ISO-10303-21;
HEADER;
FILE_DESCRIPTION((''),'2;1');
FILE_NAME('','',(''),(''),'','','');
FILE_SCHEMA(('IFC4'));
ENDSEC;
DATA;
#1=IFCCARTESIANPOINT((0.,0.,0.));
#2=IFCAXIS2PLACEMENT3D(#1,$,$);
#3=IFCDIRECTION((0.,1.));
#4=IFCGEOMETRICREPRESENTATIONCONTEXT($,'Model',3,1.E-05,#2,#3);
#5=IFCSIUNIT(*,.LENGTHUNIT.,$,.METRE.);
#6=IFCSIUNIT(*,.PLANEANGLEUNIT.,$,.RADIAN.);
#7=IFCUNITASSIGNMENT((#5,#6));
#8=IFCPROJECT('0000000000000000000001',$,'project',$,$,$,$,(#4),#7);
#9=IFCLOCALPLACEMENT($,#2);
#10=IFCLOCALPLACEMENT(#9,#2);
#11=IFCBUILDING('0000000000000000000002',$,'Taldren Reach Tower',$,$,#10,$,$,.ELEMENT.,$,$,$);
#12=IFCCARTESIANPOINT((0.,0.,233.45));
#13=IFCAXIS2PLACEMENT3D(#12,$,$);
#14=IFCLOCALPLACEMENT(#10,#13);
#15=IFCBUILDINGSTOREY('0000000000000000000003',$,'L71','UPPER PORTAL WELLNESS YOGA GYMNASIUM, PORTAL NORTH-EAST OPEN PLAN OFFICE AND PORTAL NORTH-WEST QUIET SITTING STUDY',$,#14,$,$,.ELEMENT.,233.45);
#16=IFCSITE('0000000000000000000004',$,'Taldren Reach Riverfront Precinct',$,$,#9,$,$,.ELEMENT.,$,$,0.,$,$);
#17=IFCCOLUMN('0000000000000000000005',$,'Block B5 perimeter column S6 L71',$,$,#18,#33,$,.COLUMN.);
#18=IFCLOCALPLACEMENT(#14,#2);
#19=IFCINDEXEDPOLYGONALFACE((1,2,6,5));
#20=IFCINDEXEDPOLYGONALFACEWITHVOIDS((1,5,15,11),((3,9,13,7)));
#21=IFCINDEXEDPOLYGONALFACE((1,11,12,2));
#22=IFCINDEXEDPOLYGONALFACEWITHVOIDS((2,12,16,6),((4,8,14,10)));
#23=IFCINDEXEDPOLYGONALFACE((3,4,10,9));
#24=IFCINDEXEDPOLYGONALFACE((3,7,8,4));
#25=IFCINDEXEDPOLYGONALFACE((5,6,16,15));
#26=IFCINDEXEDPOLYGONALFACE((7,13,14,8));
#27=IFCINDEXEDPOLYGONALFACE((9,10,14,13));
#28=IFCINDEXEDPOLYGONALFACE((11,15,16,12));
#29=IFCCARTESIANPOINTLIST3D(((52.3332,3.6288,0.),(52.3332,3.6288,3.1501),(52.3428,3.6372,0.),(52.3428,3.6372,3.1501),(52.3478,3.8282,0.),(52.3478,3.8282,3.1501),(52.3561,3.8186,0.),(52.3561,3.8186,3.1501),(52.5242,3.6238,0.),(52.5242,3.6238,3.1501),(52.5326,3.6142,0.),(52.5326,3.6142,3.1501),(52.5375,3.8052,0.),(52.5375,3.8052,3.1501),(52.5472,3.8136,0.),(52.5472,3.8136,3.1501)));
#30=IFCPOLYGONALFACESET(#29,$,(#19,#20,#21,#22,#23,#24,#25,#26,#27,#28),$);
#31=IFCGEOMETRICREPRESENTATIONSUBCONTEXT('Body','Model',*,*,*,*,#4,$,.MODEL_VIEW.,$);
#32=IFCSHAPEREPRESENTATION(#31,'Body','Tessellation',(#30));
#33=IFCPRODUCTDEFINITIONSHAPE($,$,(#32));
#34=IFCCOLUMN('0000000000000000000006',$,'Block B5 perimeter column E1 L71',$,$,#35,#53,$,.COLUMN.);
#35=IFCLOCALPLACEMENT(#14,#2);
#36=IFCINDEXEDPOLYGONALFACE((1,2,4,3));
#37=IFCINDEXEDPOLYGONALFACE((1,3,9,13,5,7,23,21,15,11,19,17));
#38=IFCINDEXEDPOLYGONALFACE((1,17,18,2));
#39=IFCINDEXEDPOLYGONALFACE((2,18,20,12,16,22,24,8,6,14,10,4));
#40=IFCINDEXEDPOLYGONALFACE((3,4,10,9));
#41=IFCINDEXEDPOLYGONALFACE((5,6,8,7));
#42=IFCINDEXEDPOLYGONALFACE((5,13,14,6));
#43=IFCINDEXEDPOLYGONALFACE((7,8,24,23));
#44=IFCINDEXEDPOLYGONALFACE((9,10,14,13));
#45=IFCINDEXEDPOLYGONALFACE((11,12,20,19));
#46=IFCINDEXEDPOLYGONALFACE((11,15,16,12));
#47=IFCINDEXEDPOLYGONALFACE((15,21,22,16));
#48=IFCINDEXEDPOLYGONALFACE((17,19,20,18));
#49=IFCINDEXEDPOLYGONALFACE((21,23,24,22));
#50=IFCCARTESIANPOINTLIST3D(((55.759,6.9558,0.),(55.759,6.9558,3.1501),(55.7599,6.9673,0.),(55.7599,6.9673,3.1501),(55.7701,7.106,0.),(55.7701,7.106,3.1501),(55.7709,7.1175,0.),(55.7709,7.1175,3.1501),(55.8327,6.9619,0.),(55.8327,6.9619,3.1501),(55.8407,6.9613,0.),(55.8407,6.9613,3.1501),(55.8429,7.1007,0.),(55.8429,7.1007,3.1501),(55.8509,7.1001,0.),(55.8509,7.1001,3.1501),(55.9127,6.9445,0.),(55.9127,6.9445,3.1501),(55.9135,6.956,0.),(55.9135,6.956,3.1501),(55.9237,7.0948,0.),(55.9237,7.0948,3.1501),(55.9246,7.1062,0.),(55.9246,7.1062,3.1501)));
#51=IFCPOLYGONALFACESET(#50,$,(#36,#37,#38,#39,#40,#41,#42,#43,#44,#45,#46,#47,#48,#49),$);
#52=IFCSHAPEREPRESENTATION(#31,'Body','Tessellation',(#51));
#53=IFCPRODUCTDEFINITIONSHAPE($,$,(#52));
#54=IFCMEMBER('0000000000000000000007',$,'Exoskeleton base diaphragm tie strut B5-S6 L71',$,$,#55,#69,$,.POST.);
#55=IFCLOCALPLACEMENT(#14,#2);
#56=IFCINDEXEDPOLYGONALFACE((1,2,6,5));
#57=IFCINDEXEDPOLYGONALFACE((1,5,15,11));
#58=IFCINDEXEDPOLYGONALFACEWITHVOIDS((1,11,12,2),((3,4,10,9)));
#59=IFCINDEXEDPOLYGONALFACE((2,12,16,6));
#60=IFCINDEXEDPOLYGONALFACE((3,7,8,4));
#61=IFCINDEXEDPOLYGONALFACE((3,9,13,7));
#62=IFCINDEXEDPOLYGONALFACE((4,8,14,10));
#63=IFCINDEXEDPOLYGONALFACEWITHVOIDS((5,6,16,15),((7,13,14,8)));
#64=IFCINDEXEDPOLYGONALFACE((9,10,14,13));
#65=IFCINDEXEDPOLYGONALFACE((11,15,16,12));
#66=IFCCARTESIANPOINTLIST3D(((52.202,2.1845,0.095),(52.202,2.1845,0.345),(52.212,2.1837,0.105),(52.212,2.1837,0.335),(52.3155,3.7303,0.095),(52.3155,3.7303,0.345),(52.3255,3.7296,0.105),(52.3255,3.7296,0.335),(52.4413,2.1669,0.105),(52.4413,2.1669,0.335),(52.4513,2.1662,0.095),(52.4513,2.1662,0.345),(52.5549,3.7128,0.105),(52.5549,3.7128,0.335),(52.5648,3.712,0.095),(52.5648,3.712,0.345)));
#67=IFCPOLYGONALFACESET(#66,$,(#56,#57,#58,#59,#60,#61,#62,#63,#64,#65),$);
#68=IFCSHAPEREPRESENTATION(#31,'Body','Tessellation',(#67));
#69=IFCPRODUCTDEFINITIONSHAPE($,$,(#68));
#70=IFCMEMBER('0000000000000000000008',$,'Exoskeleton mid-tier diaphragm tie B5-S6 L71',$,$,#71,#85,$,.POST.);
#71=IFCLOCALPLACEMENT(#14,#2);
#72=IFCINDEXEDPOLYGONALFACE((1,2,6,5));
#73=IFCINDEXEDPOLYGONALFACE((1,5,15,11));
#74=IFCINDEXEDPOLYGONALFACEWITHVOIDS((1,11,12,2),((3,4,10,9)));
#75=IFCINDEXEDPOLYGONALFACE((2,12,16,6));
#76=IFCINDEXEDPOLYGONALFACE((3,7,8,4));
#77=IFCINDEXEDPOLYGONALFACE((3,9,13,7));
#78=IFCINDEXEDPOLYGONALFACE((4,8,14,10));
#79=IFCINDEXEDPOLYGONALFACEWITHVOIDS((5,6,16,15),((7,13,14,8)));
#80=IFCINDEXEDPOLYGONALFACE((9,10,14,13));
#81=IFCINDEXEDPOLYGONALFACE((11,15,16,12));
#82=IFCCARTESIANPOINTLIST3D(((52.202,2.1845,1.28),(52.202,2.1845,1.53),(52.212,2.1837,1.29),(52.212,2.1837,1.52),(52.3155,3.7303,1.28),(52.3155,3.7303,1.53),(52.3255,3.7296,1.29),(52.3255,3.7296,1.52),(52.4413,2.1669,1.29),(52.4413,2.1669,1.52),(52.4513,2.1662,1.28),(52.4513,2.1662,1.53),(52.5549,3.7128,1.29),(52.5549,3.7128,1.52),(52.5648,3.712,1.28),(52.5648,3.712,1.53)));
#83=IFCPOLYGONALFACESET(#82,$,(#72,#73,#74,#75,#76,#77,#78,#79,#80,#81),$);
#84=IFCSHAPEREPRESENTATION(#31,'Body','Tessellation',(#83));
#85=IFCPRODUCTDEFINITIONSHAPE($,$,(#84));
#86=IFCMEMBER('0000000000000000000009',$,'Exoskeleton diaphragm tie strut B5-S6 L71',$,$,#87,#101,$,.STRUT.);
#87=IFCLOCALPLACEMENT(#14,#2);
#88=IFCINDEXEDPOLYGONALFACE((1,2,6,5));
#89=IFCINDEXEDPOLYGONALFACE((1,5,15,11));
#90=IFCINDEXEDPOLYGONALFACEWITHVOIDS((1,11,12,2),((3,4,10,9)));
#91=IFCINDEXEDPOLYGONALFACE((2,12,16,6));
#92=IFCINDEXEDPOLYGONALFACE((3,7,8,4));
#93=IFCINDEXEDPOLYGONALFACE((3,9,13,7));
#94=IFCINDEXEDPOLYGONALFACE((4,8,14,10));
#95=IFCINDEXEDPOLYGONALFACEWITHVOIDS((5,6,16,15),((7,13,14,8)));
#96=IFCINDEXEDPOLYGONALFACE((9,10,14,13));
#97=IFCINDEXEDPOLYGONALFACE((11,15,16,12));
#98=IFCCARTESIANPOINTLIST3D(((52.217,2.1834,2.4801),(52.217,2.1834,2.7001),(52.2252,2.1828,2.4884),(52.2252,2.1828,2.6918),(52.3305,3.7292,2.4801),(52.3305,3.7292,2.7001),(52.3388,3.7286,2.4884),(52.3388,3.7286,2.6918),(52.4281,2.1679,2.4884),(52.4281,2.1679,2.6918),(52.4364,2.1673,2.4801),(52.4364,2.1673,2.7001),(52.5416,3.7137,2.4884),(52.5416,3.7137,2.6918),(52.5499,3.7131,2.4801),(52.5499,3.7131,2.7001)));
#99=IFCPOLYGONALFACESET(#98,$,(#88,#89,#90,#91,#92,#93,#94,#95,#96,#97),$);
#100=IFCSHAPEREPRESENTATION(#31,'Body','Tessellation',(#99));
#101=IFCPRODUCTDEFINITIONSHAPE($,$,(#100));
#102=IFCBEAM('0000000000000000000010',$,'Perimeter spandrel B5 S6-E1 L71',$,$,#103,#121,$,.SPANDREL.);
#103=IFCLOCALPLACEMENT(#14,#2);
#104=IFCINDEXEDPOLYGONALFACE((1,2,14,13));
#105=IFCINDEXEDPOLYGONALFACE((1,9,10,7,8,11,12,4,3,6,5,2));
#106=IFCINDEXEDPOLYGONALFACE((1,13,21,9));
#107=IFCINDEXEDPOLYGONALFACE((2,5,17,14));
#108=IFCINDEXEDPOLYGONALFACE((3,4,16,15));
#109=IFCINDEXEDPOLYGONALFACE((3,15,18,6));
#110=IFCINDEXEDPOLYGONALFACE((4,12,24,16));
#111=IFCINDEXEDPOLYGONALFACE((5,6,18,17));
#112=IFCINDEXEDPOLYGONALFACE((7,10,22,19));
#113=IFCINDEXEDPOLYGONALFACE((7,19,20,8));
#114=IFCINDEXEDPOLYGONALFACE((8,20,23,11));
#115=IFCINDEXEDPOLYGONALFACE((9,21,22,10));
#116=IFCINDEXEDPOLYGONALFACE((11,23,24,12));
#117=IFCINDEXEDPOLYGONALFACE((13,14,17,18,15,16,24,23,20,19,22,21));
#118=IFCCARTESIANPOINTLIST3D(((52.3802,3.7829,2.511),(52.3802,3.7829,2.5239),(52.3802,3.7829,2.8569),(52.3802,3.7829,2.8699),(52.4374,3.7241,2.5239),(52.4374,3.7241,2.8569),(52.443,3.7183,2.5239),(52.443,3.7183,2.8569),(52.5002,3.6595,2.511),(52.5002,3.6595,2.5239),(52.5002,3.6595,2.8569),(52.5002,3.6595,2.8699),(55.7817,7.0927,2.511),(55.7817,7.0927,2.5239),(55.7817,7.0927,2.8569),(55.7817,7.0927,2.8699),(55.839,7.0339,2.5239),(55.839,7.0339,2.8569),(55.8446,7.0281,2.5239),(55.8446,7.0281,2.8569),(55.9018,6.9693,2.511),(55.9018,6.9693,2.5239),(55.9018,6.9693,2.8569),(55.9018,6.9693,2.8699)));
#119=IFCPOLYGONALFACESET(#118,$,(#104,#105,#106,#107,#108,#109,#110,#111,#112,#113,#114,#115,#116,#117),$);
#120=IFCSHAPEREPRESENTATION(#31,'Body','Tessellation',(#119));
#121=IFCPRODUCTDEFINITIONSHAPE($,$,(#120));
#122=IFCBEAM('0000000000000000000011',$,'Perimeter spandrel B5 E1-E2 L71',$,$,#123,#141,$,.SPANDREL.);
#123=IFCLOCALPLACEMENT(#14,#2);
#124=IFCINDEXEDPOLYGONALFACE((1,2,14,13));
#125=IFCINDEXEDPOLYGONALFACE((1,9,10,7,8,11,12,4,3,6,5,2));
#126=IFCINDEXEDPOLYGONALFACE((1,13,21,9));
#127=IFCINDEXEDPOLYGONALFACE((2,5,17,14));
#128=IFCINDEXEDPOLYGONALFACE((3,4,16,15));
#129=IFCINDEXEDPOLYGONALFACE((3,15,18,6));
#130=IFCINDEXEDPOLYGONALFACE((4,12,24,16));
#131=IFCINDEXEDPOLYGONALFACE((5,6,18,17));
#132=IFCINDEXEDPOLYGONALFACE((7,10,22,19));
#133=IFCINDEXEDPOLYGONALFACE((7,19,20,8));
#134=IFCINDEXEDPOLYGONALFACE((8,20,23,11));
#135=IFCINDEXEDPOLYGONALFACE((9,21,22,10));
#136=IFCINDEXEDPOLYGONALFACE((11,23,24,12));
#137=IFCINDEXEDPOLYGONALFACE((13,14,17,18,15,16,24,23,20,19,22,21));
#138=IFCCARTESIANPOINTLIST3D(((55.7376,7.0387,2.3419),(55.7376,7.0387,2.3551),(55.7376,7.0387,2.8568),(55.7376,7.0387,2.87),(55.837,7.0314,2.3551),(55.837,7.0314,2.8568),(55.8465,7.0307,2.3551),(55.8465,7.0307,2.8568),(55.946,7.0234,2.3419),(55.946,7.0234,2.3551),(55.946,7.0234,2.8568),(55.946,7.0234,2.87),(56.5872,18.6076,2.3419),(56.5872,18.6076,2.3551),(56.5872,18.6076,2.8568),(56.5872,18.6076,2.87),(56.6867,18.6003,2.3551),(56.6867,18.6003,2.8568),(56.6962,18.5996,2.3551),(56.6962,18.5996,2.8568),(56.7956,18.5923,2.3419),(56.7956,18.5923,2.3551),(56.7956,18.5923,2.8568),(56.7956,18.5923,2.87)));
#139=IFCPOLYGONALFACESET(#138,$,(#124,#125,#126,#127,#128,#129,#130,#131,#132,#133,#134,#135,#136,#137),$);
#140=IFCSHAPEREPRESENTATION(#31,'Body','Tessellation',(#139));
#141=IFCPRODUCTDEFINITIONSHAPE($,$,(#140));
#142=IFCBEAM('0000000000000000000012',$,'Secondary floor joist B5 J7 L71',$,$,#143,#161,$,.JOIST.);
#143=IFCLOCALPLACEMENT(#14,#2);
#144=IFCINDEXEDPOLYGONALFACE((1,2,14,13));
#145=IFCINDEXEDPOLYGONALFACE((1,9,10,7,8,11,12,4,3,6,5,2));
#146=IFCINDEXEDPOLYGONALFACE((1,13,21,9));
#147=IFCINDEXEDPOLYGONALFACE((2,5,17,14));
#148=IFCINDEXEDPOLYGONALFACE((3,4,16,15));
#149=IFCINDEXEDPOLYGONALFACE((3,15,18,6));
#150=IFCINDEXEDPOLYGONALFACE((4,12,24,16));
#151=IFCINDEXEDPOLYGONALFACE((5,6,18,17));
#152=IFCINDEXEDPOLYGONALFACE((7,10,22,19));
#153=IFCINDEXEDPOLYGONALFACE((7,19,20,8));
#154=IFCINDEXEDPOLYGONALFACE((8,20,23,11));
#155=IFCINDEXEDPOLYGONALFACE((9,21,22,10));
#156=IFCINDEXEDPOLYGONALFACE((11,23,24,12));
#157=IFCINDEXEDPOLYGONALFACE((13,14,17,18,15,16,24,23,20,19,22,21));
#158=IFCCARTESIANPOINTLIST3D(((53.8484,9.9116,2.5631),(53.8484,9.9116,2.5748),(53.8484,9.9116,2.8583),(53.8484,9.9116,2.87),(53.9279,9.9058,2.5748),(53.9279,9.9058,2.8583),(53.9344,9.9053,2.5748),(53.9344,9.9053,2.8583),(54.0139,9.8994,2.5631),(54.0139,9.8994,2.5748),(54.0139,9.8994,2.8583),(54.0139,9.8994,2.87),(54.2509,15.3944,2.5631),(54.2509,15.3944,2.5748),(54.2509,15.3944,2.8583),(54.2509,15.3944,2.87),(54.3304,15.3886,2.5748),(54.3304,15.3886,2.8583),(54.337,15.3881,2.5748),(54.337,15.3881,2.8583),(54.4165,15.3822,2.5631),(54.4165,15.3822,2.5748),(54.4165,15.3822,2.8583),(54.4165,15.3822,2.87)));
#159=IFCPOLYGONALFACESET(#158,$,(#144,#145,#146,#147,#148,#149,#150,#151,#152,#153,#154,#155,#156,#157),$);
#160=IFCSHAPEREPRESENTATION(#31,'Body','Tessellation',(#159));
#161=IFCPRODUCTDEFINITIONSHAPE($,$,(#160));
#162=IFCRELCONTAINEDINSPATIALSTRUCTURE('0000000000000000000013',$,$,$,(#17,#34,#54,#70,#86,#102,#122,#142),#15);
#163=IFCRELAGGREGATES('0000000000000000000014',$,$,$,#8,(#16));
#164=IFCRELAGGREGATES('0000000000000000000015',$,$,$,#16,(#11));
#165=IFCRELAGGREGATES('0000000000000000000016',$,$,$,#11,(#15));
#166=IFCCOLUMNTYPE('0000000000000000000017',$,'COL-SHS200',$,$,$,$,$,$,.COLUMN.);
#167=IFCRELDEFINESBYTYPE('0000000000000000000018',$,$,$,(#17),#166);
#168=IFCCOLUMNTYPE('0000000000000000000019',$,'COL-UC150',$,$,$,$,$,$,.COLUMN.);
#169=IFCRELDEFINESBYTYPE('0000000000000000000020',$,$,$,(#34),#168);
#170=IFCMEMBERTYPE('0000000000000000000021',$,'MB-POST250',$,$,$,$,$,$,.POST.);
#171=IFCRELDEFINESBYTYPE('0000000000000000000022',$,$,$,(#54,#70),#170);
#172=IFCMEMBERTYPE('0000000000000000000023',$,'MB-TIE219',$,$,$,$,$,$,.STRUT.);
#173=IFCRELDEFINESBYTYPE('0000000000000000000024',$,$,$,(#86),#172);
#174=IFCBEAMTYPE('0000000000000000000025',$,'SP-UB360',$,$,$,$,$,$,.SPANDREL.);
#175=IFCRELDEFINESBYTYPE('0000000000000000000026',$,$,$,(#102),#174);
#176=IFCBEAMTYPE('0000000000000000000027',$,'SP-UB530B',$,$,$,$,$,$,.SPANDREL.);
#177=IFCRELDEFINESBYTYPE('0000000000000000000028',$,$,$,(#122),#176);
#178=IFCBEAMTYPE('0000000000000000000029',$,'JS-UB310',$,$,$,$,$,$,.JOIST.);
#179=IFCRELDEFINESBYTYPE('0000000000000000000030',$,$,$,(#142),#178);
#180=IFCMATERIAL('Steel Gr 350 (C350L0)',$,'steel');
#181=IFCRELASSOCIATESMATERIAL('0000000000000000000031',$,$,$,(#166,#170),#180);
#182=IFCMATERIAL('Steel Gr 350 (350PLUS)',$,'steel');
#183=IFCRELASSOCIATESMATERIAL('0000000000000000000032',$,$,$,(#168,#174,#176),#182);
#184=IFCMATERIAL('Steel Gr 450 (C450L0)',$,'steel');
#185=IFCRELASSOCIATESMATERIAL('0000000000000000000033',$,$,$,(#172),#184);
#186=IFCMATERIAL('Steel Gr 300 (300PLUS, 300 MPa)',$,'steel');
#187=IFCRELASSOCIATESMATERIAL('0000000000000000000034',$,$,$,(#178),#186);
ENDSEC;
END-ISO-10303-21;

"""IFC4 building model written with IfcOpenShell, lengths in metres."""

from ifc_helpers import new_model, si_unit, direction, frame, origin, origin_2d, place, context, subcontext, project, spatial, hollow_rectangle, i_section, extrude, source, transform, mapped, material, material_profile, profile_set, type_object, element, save


model = new_model("IFC4")

# Units and contexts
model_context = context("Model", 3, precision=1e-05, world=origin(), true_north=direction((0.0, 1.0)))
body_context = subcontext(model_context, "Body", "Model", "MODEL_VIEW")
ifc_project = project(units=[si_unit("LENGTHUNIT", "METRE"), si_unit("PLANEANGLEUNIT", "RADIAN")], contexts=[model_context])

# Site, building, storey
site_placement = place(None, origin())
site = spatial("IfcSite", under=ifc_project, at=site_placement, Name="Taldren Reach Riverfront Precinct", CompositionType="ELEMENT", RefElevation=0.0)
building_placement = place(site_placement, origin())
building = spatial("IfcBuilding", under=site, at=building_placement, Name="Taldren Reach Tower", CompositionType="ELEMENT")
storey_placement = place(building_placement, frame((0.0, 0.0, 233.45)))
storey = spatial("IfcBuildingStorey", under=building, at=storey_placement, Name="L71", Description="UPPER PORTAL WELLNESS YOGA GYMNASIUM, PORTAL NORTH-EAST OPEN PLAN OFFICE AND PORTAL NORTH-WEST QUIET SITTING STUDY", CompositionType="ELEMENT", Elevation=233.45)

# Columns
ifc_material_1 = material(Name="Steel Gr 350 (C350L0)", Category="steel")
ifc_material_profile_1 = material_profile(ifc_material_1, hollow_rectangle(XDim=0.2, YDim=0.2, WallThickness=0.009, at=origin_2d()), Name="200x200x9.0SHS")
ifc_profile_set_1 = profile_set([ifc_material_profile_1], Name="Steel Gr 350 (C350L0)")
column_type_1 = type_object("IfcColumnType", Name="COL-SHS200", PredefinedType="COLUMN", material=ifc_profile_set_1)
shared_shape_1 = source(origin(), body_context, "Body", "SweptSolid", [
    extrude(hollow_rectangle(XDim=0.2, YDim=0.2, WallThickness=0.009, at=origin_2d()), origin(), (0.0, 0.0, 1.0), 3.1501),
])
column_1_placement = place(storey_placement, frame((52.4402, 3.7212, 0.0), z_axis=(0.0, 0.0, 1.0), x_axis=(0.997314, -0.073238, 0.0)))
element("IfcColumn", 1, at=column_1_placement, inside=storey, type_object=column_type_1, Name="Block B5 perimeter column S6 L71", PredefinedType="COLUMN", context=body_context, shape_type="MappedRepresentation", body=[
    mapped(shared_shape_1, transform((0.0, 0.0, 0.0), scale=1.0)),
])
ifc_material_2 = material(Name="Steel Gr 350 (350PLUS)", Category="steel")
ifc_material_profile_2 = material_profile(ifc_material_2, i_section(OverallWidth=0.1541, OverallDepth=0.1621, WebThickness=0.0081, FlangeThickness=0.0115, at=origin_2d()), Name="150UC37.2")
ifc_profile_set_2 = profile_set([ifc_material_profile_2], Name="Steel Gr 350 (350PLUS)")
column_type_2 = type_object("IfcColumnType", Name="COL-UC150", PredefinedType="COLUMN", material=ifc_profile_set_2)
shared_shape_2 = source(origin(), body_context, "Body", "SweptSolid", [
    extrude(i_section(OverallWidth=0.1541, OverallDepth=0.1621, WebThickness=0.0081, FlangeThickness=0.0115, at=origin_2d()), origin(), (0.0, 0.0, 1.0), 3.1501),
])
column_2_placement = place(storey_placement, frame((55.8418, 7.031, 0.0), z_axis=(0.0, 0.0, 1.0), x_axis=(0.997314, -0.073238, 0.0)))
element("IfcColumn", 2, at=column_2_placement, inside=storey, type_object=column_type_2, Name="Block B5 perimeter column E1 L71", PredefinedType="COLUMN", context=body_context, shape_type="MappedRepresentation", body=[
    mapped(shared_shape_2, transform((0.0, 0.0, 0.0), scale=1.0)),
])

# Members
ifc_material_profile_3 = material_profile(ifc_material_1, hollow_rectangle(XDim=0.25, YDim=0.25, WallThickness=0.01, at=origin_2d()), Name="250x250x10.0SHS")
ifc_profile_set_3 = profile_set([ifc_material_profile_3], Name="Steel Gr 350 (C350L0)")
member_type_1 = type_object("IfcMemberType", Name="MB-POST250", PredefinedType="POST", material=ifc_profile_set_3)
shared_shape_3 = source(origin(), body_context, "Body", "SweptSolid", [
    extrude(hollow_rectangle(XDim=0.25, YDim=0.25, WallThickness=0.01, at=origin_2d()), origin(), (0.0, 0.0, 1.0), 1.55),
])
for number, where, z_axis, x_axis, name in (
    (3, (52.4402, 3.7212, 0.22), (-0.073239, -0.997314, 0.0), (0.997314, -0.073239, 0.0), "Exoskeleton base diaphragm tie strut B5-S6 L71"),
    (4, (52.4402, 3.7212, 1.405), (-0.073239, -0.997314, 0.0), (0.997314, -0.073239, 0.0), "Exoskeleton mid-tier diaphragm tie B5-S6 L71"),
):
    element("IfcMember", number, at=place(storey_placement, frame(where, z_axis=z_axis, x_axis=x_axis)), inside=storey, type_object=member_type_1, Name=name, PredefinedType="POST", context=body_context, shape_type="MappedRepresentation", body=[
        mapped(shared_shape_3, transform((0.0, 0.0, 0.0), scale=1.0)),
    ])
ifc_material_3 = material(Name="Steel Gr 450 (C450L0)", Category="steel")
ifc_material_profile_4 = material_profile(ifc_material_3, hollow_rectangle(XDim=0.22, YDim=0.22, WallThickness=0.0083, at=origin_2d()), Name="220x220x8.2SHS")
ifc_profile_set_4 = profile_set([ifc_material_profile_4], Name="Steel Gr 450 (C450L0)")
member_type_2 = type_object("IfcMemberType", Name="MB-TIE219", PredefinedType="STRUT", material=ifc_profile_set_4)
shared_shape_4 = source(origin(), body_context, "Body", "SweptSolid", [
    extrude(hollow_rectangle(XDim=0.22, YDim=0.22, WallThickness=0.0083, at=origin_2d()), origin(), (0.0, 0.0, 1.0), 1.55),
])
member_1_placement = place(storey_placement, frame((52.4402, 3.7212, 2.5901), z_axis=(-0.073239, -0.997314, 0.0), x_axis=(0.997314, -0.073239, 0.0)))
element("IfcMember", 5, at=member_1_placement, inside=storey, type_object=member_type_2, Name="Exoskeleton diaphragm tie strut B5-S6 L71", PredefinedType="STRUT", context=body_context, shape_type="MappedRepresentation", body=[
    mapped(shared_shape_4, transform((0.0, 0.0, 0.0), scale=1.0)),
])

# Beams
ifc_material_profile_5 = material_profile(ifc_material_2, i_section(OverallWidth=0.1721, OverallDepth=0.3589, WebThickness=0.0081, FlangeThickness=0.0129, at=origin_2d()), Name="360UB56.7")
ifc_profile_set_5 = profile_set([ifc_material_profile_5], Name="Steel Gr 350 (350PLUS)")
beam_type_1 = type_object("IfcBeamType", Name="SP-UB360", PredefinedType="SPANDREL", material=ifc_profile_set_5)
shared_shape_5 = source(origin(), body_context, "Body", "SweptSolid", [
    extrude(i_section(OverallWidth=0.1721, OverallDepth=0.3589, WebThickness=0.0081, FlangeThickness=0.0129, at=origin_2d()), origin(), (0.0, 0.0, 1.0), 4.7461),
])
beam_1_placement = place(storey_placement, frame((52.4402, 3.7212, 2.6904), z_axis=(0.716711, 0.69737, 0.0), x_axis=(-0.69737, 0.716711, 0.0)))
element("IfcBeam", 6, at=beam_1_placement, inside=storey, type_object=beam_type_1, Name="Perimeter spandrel B5 S6-E1 L71", PredefinedType="SPANDREL", context=body_context, shape_type="MappedRepresentation", body=[
    mapped(shared_shape_5, transform((0.0, 0.0, 0.0), scale=1.0)),
])
ifc_material_profile_6 = material_profile(ifc_material_2, i_section(OverallWidth=0.209, OverallDepth=0.5281, WebThickness=0.0095, FlangeThickness=0.0132, at=origin_2d()), Name="530UB82.0")
ifc_profile_set_6 = profile_set([ifc_material_profile_6], Name="Steel Gr 350 (350PLUS)")
beam_type_2 = type_object("IfcBeamType", Name="SP-UB530B", PredefinedType="SPANDREL", material=ifc_profile_set_6)
shared_shape_6 = source(origin(), body_context, "Body", "SweptSolid", [
    extrude(i_section(OverallWidth=0.209, OverallDepth=0.5281, WebThickness=0.0095, FlangeThickness=0.0132, at=origin_2d()), origin(), (0.0, 0.0, 1.0), 11.6001),
])
beam_2_placement = place(storey_placement, frame((55.8418, 7.031, 2.606), z_axis=(0.073242, 0.997314, 0.0), x_axis=(-0.997314, 0.073242, 0.0)))
element("IfcBeam", 7, at=beam_2_placement, inside=storey, type_object=beam_type_2, Name="Perimeter spandrel B5 E1-E2 L71", PredefinedType="SPANDREL", context=body_context, shape_type="MappedRepresentation", body=[
    mapped(shared_shape_6, transform((0.0, 0.0, 0.0), scale=1.0)),
])
ifc_material_4 = material(Name="Steel Gr 300 (300PLUS, 300 MPa)", Category="steel")
ifc_material_profile_7 = material_profile(ifc_material_4, i_section(OverallWidth=0.166, OverallDepth=0.3069, WebThickness=0.0066, FlangeThickness=0.0117, at=origin_2d()), Name="310UB46.2")
ifc_profile_set_7 = profile_set([ifc_material_profile_7], Name="Steel Gr 300 (300PLUS, 300 MPa)")
beam_type_3 = type_object("IfcBeamType", Name="JS-UB310", PredefinedType="JOIST", material=ifc_profile_set_7)
shared_shape_7 = source(origin(), body_context, "Body", "SweptSolid", [
    extrude(i_section(OverallWidth=0.166, OverallDepth=0.3069, WebThickness=0.0066, FlangeThickness=0.0117, at=origin_2d()), origin(), (0.0, 0.0, 1.0), 5.4976),
])
beam_3_placement = place(storey_placement, frame((53.9312, 9.9055, 2.7166), z_axis=(0.073229, 0.997315, 0.0), x_axis=(-0.997315, 0.073229, 0.0)))
element("IfcBeam", 8, at=beam_3_placement, inside=storey, type_object=beam_type_3, Name="Secondary floor joist B5 J7 L71", PredefinedType="JOIST", context=body_context, shape_type="MappedRepresentation", body=[
    mapped(shared_shape_7, transform((0.0, 0.0, 0.0), scale=1.0)),
])

save(model, "model.ifc")
